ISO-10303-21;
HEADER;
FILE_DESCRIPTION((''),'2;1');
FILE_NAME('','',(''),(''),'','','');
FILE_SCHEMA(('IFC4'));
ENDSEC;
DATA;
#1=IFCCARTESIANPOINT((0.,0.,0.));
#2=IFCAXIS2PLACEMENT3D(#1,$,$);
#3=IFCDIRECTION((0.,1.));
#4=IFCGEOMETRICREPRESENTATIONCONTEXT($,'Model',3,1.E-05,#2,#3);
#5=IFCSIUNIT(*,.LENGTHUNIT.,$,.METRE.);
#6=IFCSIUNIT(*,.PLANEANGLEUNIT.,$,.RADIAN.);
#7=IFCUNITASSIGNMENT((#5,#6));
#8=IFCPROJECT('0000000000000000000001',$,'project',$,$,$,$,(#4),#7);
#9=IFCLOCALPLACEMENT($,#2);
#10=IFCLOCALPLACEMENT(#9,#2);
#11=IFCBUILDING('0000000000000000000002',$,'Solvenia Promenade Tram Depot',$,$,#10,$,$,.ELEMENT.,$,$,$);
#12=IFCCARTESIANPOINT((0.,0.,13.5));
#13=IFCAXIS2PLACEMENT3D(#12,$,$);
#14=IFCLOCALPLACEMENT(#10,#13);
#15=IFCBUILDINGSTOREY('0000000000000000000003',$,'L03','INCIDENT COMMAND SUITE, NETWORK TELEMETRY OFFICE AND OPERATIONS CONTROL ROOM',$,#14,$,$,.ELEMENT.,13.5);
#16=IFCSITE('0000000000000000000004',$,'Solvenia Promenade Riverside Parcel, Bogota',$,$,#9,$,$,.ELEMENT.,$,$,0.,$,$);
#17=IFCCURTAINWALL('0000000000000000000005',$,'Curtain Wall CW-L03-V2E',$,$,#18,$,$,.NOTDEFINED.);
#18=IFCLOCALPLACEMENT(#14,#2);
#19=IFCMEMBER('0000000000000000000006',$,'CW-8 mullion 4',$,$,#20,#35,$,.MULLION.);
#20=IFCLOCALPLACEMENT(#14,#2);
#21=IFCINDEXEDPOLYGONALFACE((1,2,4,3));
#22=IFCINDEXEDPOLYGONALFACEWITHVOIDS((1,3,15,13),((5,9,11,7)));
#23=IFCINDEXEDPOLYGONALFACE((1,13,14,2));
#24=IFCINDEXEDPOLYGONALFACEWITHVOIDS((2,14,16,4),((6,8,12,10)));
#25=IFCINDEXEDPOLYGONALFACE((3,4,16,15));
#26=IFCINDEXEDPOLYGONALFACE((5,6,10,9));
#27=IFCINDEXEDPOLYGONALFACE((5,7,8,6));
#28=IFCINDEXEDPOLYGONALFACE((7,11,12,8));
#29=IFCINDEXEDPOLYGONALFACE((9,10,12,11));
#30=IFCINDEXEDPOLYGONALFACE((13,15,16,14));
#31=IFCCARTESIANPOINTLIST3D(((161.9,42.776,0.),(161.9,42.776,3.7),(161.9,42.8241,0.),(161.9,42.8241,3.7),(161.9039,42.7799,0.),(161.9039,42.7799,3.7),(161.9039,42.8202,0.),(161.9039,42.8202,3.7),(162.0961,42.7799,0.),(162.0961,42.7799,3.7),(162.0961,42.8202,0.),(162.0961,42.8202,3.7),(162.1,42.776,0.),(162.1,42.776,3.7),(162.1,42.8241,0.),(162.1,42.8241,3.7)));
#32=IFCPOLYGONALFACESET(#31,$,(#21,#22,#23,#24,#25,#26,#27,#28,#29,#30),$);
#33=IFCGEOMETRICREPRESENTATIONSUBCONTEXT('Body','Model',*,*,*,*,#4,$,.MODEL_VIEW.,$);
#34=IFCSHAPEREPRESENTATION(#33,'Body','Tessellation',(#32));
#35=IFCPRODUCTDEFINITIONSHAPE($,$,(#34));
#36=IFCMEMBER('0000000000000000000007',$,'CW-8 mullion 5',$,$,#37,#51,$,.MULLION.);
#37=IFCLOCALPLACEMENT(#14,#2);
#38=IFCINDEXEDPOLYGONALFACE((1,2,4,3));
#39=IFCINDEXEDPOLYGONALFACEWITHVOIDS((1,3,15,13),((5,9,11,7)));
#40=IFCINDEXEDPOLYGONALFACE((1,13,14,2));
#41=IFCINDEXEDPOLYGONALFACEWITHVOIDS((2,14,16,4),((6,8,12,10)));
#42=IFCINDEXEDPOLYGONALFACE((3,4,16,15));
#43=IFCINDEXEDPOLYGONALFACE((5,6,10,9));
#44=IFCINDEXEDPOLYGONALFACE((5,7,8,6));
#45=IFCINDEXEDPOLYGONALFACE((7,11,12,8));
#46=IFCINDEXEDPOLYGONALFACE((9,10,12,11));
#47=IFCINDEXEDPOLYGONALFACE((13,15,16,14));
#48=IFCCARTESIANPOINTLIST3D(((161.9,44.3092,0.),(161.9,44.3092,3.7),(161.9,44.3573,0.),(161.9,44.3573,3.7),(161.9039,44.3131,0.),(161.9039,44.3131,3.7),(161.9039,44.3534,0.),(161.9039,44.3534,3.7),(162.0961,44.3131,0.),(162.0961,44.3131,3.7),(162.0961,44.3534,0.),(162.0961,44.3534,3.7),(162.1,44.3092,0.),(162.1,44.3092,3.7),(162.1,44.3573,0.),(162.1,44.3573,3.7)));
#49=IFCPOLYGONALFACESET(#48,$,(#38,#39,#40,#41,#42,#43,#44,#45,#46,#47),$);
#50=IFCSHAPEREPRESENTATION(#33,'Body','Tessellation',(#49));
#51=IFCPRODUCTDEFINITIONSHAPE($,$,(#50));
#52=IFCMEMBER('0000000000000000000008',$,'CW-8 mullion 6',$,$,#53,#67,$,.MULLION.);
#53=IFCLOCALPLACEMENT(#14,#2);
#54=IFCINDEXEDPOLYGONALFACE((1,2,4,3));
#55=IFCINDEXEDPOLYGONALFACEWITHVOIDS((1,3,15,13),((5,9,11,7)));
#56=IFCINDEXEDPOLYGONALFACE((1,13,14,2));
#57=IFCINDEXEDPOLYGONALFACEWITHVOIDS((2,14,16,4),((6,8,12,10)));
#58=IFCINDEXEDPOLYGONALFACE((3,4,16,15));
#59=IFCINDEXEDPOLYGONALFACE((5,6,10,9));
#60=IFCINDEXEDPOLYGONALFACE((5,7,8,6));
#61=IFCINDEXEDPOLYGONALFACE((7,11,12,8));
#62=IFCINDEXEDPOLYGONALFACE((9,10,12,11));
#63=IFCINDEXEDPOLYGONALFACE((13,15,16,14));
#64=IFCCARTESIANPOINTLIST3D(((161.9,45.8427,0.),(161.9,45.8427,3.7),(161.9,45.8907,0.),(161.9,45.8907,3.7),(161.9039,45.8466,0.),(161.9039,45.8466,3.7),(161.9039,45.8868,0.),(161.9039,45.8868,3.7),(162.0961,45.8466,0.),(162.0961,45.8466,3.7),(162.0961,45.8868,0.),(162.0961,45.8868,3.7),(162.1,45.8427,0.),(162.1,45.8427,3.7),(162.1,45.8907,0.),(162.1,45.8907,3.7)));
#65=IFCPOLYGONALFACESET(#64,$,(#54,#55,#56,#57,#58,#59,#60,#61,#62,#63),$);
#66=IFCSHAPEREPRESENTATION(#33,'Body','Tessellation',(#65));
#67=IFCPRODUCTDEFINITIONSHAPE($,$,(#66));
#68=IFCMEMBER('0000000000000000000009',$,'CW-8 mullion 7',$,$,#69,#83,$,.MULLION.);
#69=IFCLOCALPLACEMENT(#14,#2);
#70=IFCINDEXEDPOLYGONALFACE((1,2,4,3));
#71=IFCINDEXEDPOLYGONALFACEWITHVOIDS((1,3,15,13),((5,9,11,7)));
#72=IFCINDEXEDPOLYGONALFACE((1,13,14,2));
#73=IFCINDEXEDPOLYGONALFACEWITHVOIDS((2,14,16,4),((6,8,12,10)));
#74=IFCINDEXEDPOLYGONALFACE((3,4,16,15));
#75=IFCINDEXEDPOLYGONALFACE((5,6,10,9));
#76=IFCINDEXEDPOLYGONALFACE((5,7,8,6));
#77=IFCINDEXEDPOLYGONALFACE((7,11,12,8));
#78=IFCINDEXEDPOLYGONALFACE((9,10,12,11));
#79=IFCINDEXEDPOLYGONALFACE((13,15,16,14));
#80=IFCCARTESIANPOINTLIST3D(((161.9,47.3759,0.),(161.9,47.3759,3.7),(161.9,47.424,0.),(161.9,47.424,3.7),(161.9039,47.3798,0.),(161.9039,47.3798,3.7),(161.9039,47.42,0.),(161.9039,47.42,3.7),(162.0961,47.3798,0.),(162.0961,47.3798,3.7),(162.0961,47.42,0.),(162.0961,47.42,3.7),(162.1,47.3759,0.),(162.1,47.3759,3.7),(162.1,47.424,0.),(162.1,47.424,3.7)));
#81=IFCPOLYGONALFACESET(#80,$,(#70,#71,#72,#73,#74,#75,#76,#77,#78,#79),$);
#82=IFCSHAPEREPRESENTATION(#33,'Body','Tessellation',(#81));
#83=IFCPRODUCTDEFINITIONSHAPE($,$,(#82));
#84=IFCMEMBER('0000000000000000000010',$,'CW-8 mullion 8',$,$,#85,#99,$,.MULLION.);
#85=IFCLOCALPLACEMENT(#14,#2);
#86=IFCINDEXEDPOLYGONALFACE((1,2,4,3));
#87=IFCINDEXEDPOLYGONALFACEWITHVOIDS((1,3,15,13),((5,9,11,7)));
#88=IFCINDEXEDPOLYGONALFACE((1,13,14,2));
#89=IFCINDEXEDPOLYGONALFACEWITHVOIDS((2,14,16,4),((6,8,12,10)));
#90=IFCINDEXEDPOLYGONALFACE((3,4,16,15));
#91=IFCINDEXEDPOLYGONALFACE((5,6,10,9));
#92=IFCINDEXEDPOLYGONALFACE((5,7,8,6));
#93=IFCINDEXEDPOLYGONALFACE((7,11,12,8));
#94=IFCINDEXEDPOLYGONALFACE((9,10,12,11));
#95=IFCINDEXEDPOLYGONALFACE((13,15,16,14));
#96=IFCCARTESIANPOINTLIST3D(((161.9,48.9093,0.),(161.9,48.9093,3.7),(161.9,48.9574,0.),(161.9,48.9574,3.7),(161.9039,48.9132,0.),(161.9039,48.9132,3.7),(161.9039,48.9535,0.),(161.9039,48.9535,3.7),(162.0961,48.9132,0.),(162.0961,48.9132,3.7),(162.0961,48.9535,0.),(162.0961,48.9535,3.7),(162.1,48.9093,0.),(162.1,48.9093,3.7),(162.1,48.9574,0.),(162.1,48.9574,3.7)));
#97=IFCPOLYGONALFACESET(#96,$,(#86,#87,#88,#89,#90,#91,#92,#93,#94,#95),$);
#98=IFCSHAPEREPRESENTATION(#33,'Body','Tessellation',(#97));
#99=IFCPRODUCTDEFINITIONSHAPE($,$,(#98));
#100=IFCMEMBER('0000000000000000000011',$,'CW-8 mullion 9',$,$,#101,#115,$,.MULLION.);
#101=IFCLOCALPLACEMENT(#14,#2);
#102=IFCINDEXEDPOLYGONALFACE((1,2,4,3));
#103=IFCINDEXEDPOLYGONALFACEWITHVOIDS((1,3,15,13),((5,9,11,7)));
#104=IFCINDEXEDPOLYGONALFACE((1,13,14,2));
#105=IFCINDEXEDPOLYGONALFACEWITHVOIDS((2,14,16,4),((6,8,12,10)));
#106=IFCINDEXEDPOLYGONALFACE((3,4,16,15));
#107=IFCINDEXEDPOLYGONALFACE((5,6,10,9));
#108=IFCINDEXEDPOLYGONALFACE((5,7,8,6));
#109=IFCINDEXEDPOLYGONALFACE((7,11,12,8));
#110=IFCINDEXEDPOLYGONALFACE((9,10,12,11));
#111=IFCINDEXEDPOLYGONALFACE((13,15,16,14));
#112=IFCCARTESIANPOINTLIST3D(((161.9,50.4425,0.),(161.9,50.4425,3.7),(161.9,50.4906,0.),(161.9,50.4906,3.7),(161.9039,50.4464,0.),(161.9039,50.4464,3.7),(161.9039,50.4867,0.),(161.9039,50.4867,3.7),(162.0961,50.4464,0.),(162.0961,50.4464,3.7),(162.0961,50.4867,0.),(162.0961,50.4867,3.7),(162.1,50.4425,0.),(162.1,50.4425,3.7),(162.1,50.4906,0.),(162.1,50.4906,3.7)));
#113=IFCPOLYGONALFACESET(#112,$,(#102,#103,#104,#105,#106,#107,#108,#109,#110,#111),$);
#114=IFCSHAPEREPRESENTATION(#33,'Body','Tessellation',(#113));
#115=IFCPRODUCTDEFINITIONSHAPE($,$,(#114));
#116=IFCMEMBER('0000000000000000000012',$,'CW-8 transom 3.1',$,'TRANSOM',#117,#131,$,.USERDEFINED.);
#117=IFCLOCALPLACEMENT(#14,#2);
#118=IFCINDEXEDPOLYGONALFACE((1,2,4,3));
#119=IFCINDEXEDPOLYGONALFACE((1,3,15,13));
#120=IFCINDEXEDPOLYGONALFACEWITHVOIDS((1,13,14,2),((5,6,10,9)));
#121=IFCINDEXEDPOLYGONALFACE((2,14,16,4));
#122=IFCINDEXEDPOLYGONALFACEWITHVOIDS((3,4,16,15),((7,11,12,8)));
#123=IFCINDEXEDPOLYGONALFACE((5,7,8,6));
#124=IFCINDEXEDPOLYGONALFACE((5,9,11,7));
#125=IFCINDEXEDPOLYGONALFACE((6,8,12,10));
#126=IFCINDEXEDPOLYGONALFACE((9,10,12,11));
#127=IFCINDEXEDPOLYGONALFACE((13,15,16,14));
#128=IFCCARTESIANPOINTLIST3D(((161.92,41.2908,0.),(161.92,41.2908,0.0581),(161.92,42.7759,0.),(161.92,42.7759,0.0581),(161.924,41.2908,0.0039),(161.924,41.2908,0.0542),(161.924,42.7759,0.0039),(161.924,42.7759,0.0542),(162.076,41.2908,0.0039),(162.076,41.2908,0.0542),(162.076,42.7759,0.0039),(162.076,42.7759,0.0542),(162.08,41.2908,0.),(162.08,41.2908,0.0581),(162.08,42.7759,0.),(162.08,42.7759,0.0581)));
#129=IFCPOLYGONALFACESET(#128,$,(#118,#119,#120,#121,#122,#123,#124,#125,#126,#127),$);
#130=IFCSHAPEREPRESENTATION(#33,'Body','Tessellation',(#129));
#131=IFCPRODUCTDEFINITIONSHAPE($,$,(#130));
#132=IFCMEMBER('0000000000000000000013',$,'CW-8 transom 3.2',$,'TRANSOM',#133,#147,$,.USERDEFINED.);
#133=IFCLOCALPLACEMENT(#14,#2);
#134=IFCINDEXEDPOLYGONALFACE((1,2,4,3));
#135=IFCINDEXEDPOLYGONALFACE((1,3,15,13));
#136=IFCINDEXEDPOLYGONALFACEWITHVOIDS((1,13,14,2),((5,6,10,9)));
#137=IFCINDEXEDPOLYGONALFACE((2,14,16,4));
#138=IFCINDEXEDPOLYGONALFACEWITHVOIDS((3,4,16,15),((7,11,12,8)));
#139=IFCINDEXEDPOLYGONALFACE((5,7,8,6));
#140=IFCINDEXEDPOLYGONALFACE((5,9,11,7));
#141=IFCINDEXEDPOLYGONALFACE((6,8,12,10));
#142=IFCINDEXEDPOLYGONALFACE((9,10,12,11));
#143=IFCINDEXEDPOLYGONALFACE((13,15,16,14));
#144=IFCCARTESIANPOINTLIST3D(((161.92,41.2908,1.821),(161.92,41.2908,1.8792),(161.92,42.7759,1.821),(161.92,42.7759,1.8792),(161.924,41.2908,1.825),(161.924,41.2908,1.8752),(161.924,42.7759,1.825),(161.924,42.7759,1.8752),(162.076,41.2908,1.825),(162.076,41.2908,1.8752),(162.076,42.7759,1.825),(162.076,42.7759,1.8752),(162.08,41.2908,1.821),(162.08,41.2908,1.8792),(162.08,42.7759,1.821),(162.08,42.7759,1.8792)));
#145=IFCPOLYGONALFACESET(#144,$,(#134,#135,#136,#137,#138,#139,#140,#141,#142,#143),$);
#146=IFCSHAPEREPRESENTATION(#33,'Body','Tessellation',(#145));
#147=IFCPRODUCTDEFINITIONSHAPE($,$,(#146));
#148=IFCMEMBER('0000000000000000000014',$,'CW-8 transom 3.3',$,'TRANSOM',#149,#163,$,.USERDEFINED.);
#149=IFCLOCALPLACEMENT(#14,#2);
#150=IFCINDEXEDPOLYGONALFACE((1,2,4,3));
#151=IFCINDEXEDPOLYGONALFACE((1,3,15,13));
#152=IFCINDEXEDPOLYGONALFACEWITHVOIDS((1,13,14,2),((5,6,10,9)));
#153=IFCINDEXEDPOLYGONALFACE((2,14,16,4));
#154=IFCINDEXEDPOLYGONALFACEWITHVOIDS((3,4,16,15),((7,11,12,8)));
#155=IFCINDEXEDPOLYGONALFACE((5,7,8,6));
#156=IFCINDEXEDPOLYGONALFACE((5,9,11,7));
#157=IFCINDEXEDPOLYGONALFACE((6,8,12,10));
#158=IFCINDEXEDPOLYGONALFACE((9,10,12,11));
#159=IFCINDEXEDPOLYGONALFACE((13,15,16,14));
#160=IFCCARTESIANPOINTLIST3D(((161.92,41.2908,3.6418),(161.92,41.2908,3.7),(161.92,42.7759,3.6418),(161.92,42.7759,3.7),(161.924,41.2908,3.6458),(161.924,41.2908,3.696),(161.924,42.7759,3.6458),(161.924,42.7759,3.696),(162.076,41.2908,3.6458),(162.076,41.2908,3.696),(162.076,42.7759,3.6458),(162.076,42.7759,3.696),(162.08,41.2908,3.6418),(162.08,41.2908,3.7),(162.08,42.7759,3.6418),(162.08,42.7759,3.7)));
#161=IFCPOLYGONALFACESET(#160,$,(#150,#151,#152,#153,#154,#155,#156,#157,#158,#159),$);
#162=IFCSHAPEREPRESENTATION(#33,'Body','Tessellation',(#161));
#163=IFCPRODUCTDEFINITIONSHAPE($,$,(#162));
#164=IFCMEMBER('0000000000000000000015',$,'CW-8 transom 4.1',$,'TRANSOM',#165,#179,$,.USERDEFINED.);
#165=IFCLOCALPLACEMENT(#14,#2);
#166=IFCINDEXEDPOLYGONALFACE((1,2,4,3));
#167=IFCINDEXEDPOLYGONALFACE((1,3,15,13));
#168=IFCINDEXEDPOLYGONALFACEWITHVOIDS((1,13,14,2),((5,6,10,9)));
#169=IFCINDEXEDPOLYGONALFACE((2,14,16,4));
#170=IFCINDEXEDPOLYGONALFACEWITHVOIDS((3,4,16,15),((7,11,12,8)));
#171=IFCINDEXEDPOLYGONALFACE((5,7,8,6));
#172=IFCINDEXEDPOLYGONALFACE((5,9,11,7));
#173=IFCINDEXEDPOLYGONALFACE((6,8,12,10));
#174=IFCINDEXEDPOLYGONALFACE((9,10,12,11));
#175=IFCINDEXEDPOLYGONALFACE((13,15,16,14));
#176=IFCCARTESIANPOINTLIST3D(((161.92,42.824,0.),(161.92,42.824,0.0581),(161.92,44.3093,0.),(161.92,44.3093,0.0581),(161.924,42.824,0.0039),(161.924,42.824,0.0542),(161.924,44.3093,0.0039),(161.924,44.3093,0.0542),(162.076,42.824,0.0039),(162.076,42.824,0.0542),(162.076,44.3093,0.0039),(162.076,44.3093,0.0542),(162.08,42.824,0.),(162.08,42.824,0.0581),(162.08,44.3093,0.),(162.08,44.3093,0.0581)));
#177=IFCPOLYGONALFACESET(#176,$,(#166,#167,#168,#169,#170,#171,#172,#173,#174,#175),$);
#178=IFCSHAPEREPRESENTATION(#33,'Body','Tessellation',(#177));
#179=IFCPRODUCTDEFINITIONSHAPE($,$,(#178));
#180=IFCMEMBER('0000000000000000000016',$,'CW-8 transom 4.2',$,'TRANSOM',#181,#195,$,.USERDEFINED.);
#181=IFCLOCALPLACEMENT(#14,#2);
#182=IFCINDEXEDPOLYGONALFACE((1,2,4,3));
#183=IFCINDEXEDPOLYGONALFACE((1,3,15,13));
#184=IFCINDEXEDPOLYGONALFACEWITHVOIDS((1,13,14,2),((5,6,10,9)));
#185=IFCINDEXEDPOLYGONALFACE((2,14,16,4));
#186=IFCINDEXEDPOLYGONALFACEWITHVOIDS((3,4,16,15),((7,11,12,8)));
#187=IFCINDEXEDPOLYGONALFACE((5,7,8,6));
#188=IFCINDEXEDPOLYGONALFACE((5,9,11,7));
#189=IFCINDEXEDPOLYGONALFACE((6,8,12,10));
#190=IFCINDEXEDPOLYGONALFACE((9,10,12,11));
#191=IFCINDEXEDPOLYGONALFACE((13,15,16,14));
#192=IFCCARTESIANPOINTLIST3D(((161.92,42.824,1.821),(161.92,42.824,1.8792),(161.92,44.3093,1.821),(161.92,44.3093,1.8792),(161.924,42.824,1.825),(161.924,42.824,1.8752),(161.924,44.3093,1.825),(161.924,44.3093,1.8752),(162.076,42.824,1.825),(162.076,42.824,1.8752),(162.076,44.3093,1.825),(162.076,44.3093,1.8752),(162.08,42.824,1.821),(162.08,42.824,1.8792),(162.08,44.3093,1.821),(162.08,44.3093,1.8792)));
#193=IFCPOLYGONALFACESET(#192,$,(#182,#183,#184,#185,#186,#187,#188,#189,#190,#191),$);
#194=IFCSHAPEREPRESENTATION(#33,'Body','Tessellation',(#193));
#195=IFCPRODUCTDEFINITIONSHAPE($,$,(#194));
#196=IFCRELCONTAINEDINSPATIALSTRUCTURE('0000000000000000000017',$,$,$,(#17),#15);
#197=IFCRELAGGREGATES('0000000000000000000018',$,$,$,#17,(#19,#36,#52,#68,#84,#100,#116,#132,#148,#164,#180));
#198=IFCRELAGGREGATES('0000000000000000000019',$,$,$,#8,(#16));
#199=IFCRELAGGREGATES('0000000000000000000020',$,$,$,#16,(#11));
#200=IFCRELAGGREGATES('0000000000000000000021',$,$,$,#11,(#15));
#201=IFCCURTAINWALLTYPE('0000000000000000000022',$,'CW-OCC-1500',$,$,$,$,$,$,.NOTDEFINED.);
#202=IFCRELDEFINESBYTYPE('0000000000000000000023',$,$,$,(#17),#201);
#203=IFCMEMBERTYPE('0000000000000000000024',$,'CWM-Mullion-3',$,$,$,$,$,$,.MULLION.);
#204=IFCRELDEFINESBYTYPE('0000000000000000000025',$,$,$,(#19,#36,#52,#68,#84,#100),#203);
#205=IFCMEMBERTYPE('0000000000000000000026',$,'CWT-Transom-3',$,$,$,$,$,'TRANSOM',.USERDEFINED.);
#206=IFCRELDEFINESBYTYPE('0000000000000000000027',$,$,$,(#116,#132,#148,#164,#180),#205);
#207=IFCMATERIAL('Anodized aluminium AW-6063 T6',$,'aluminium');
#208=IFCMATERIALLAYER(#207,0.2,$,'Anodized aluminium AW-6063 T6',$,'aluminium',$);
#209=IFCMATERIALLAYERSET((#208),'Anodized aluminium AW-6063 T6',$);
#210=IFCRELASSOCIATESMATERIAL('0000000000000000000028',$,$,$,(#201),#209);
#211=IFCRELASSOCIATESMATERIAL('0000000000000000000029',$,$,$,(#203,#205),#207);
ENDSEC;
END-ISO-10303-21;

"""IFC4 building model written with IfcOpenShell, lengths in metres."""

from ifc_helpers import new_model, si_unit, direction, frame, origin, origin_2d, place, context, subcontext, project, spatial, hollow_rectangle, extrude, material, layer, layer_set, material_profile, profile_set, type_object, element, aggregate, save


model = new_model("IFC4")

# Units and contexts
model_context = context("Model", 3, precision=1e-05, world=origin(), true_north=direction((0.0, 1.0)))
body_context = subcontext(model_context, "Body", "Model", "MODEL_VIEW")
ifc_project = project(units=[si_unit("LENGTHUNIT", "METRE"), si_unit("PLANEANGLEUNIT", "RADIAN")], contexts=[model_context])

# Site, building, storey
site_placement = place(None, origin())
site = spatial("IfcSite", under=ifc_project, at=site_placement, Name="Solvenia Promenade Riverside Parcel, Bogota", CompositionType="ELEMENT", RefElevation=0.0)
building_placement = place(site_placement, origin())
building = spatial("IfcBuilding", under=site, at=building_placement, Name="Solvenia Promenade Tram Depot", CompositionType="ELEMENT")
storey_placement = place(building_placement, frame((0.0, 0.0, 13.5)))
storey = spatial("IfcBuildingStorey", under=building, at=storey_placement, Name="L03", Description="INCIDENT COMMAND SUITE, NETWORK TELEMETRY OFFICE AND OPERATIONS CONTROL ROOM", CompositionType="ELEMENT", Elevation=13.5)

# Curtain wall, members
ifc_material_1 = material(Name="Anodized aluminium AW-6063 T6", Category="aluminium")
ifc_layer_1 = layer(ifc_material_1, 0.2, Name="Anodized aluminium AW-6063 T6", Category="aluminium")
ifc_layer_set_1 = layer_set([ifc_layer_1], Name="Anodized aluminium AW-6063 T6")
curtain_wall_type = type_object("IfcCurtainWallType", Name="CW-OCC-1500", PredefinedType="NOTDEFINED", material=ifc_layer_set_1)
curtain_wall_placement = place(storey_placement, origin())
curtain_wall = element("IfcCurtainWall", 1, at=curtain_wall_placement, inside=storey, type_object=curtain_wall_type, Name="Curtain Wall CW-L03-V2E", PredefinedType="NOTDEFINED")
ifc_material_profile_1 = material_profile(ifc_material_1, hollow_rectangle(XDim=0.2, YDim=0.0481, WallThickness=0.0039, at=origin_2d()), Name="ALU-M3", Category="aluminium")
ifc_profile_set_1 = profile_set([ifc_material_profile_1], Name="Anodized aluminium AW-6063 T6")
member_type_1 = type_object("IfcMemberType", Name="CWM-Mullion-3", PredefinedType="MULLION", material=ifc_profile_set_1)
member_1_placement = place(storey_placement, frame((162.0, 42.8, 0.0), z_axis=(0.0, 0.0, 1.0), x_axis=(-1.0, 0.0, 0.0)))
member_1 = element("IfcMember", 2, at=member_1_placement, type_object=member_type_1, Name="CW-8 mullion 4", PredefinedType="MULLION", context=body_context, shape_type="SweptSolid", body=[
    extrude(hollow_rectangle(XDim=0.2, YDim=0.0481, WallThickness=0.0039, at=origin_2d()), origin(), (0.0, 0.0, 1.0), 3.7),
])
member_2_placement = place(storey_placement, frame((162.0, 44.3333, 0.0), z_axis=(0.0, 0.0, 1.0), x_axis=(-1.0, 0.0, 0.0)))
member_2 = element("IfcMember", 3, at=member_2_placement, type_object=member_type_1, Name="CW-8 mullion 5", PredefinedType="MULLION", context=body_context, shape_type="SweptSolid", body=[
    extrude(hollow_rectangle(XDim=0.2, YDim=0.0481, WallThickness=0.0039, at=origin_2d()), origin(), (0.0, 0.0, 1.0), 3.7),
])
member_3_placement = place(storey_placement, frame((162.0, 45.8667, 0.0), z_axis=(0.0, 0.0, 1.0), x_axis=(-1.0, 0.0, 0.0)))
member_3 = element("IfcMember", 4, at=member_3_placement, type_object=member_type_1, Name="CW-8 mullion 6", PredefinedType="MULLION", context=body_context, shape_type="SweptSolid", body=[
    extrude(hollow_rectangle(XDim=0.2, YDim=0.0481, WallThickness=0.0039, at=origin_2d()), origin(), (0.0, 0.0, 1.0), 3.7),
])
member_4_placement = place(storey_placement, frame((162.0, 47.3999, 0.0), z_axis=(0.0, 0.0, 1.0), x_axis=(-1.0, 0.0, 0.0)))
member_4 = element("IfcMember", 5, at=member_4_placement, type_object=member_type_1, Name="CW-8 mullion 7", PredefinedType="MULLION", context=body_context, shape_type="SweptSolid", body=[
    extrude(hollow_rectangle(XDim=0.2, YDim=0.0481, WallThickness=0.0039, at=origin_2d()), origin(), (0.0, 0.0, 1.0), 3.7),
])
member_5_placement = place(storey_placement, frame((162.0, 48.9333, 0.0), z_axis=(0.0, 0.0, 1.0), x_axis=(-1.0, 0.0, 0.0)))
member_5 = element("IfcMember", 6, at=member_5_placement, type_object=member_type_1, Name="CW-8 mullion 8", PredefinedType="MULLION", context=body_context, shape_type="SweptSolid", body=[
    extrude(hollow_rectangle(XDim=0.2, YDim=0.0481, WallThickness=0.0039, at=origin_2d()), origin(), (0.0, 0.0, 1.0), 3.7),
])
member_6_placement = place(storey_placement, frame((162.0, 50.4666, 0.0), z_axis=(0.0, 0.0, 1.0), x_axis=(-1.0, 0.0, 0.0)))
member_6 = element("IfcMember", 7, at=member_6_placement, type_object=member_type_1, Name="CW-8 mullion 9", PredefinedType="MULLION", context=body_context, shape_type="SweptSolid", body=[
    extrude(hollow_rectangle(XDim=0.2, YDim=0.0481, WallThickness=0.0039, at=origin_2d()), origin(), (0.0, 0.0, 1.0), 3.7),
])
ifc_material_profile_2 = material_profile(ifc_material_1, hollow_rectangle(XDim=0.1599, YDim=0.0581, WallThickness=0.0039, at=origin_2d()), Name="ALU-T3", Category="aluminium")
ifc_profile_set_2 = profile_set([ifc_material_profile_2], Name="Anodized aluminium AW-6063 T6")
member_type_2 = type_object("IfcMemberType", Name="CWT-Transom-3", ElementType="TRANSOM", PredefinedType="USERDEFINED", material=ifc_profile_set_2)
member_7_placement = place(storey_placement, frame((162.0, 41.2908, 0.0291), z_axis=(0.0, 1.0, 0.0), x_axis=(-1.0, 0.0, 0.0)))
member_7 = element("IfcMember", 8, at=member_7_placement, type_object=member_type_2, Name="CW-8 transom 3.1", ObjectType="TRANSOM", PredefinedType="USERDEFINED", context=body_context, shape_type="SweptSolid", body=[
    extrude(hollow_rectangle(XDim=0.1599, YDim=0.0581, WallThickness=0.0039, at=origin_2d()), origin(), (0.0, 0.0, 1.0), 1.4851),
])
member_8_placement = place(storey_placement, frame((162.0, 41.2908, 1.8501), z_axis=(0.0, 1.0, 0.0), x_axis=(-1.0, 0.0, 0.0)))
member_8 = element("IfcMember", 9, at=member_8_placement, type_object=member_type_2, Name="CW-8 transom 3.2", ObjectType="TRANSOM", PredefinedType="USERDEFINED", context=body_context, shape_type="SweptSolid", body=[
    extrude(hollow_rectangle(XDim=0.1599, YDim=0.0581, WallThickness=0.0039, at=origin_2d()), origin(), (0.0, 0.0, 1.0), 1.4851),
])
member_9_placement = place(storey_placement, frame((162.0, 41.2908, 3.6709), z_axis=(0.0, 1.0, 0.0), x_axis=(-1.0, 0.0, 0.0)))
member_9 = element("IfcMember", 10, at=member_9_placement, type_object=member_type_2, Name="CW-8 transom 3.3", ObjectType="TRANSOM", PredefinedType="USERDEFINED", context=body_context, shape_type="SweptSolid", body=[
    extrude(hollow_rectangle(XDim=0.1599, YDim=0.0581, WallThickness=0.0039, at=origin_2d()), origin(), (0.0, 0.0, 1.0), 1.4851),
])
member_10_placement = place(storey_placement, frame((162.0, 42.824, 0.0291), z_axis=(0.0, 1.0, 0.0), x_axis=(-1.0, 0.0, 0.0)))
member_10 = element("IfcMember", 11, at=member_10_placement, type_object=member_type_2, Name="CW-8 transom 4.1", ObjectType="TRANSOM", PredefinedType="USERDEFINED", context=body_context, shape_type="SweptSolid", body=[
    extrude(hollow_rectangle(XDim=0.1599, YDim=0.0581, WallThickness=0.0039, at=origin_2d()), origin(), (0.0, 0.0, 1.0), 1.4854),
])
member_11_placement = place(storey_placement, frame((162.0, 42.824, 1.8501), z_axis=(0.0, 1.0, 0.0), x_axis=(-1.0, 0.0, 0.0)))
member_11 = element("IfcMember", 12, at=member_11_placement, type_object=member_type_2, Name="CW-8 transom 4.2", ObjectType="TRANSOM", PredefinedType="USERDEFINED", context=body_context, shape_type="SweptSolid", body=[
    extrude(hollow_rectangle(XDim=0.1599, YDim=0.0581, WallThickness=0.0039, at=origin_2d()), origin(), (0.0, 0.0, 1.0), 1.4854),
])
aggregate(curtain_wall, [member_1, member_2, member_3, member_4, member_5, member_6, member_7, member_8, member_9, member_10, member_11])

save(model, "model.ifc")
